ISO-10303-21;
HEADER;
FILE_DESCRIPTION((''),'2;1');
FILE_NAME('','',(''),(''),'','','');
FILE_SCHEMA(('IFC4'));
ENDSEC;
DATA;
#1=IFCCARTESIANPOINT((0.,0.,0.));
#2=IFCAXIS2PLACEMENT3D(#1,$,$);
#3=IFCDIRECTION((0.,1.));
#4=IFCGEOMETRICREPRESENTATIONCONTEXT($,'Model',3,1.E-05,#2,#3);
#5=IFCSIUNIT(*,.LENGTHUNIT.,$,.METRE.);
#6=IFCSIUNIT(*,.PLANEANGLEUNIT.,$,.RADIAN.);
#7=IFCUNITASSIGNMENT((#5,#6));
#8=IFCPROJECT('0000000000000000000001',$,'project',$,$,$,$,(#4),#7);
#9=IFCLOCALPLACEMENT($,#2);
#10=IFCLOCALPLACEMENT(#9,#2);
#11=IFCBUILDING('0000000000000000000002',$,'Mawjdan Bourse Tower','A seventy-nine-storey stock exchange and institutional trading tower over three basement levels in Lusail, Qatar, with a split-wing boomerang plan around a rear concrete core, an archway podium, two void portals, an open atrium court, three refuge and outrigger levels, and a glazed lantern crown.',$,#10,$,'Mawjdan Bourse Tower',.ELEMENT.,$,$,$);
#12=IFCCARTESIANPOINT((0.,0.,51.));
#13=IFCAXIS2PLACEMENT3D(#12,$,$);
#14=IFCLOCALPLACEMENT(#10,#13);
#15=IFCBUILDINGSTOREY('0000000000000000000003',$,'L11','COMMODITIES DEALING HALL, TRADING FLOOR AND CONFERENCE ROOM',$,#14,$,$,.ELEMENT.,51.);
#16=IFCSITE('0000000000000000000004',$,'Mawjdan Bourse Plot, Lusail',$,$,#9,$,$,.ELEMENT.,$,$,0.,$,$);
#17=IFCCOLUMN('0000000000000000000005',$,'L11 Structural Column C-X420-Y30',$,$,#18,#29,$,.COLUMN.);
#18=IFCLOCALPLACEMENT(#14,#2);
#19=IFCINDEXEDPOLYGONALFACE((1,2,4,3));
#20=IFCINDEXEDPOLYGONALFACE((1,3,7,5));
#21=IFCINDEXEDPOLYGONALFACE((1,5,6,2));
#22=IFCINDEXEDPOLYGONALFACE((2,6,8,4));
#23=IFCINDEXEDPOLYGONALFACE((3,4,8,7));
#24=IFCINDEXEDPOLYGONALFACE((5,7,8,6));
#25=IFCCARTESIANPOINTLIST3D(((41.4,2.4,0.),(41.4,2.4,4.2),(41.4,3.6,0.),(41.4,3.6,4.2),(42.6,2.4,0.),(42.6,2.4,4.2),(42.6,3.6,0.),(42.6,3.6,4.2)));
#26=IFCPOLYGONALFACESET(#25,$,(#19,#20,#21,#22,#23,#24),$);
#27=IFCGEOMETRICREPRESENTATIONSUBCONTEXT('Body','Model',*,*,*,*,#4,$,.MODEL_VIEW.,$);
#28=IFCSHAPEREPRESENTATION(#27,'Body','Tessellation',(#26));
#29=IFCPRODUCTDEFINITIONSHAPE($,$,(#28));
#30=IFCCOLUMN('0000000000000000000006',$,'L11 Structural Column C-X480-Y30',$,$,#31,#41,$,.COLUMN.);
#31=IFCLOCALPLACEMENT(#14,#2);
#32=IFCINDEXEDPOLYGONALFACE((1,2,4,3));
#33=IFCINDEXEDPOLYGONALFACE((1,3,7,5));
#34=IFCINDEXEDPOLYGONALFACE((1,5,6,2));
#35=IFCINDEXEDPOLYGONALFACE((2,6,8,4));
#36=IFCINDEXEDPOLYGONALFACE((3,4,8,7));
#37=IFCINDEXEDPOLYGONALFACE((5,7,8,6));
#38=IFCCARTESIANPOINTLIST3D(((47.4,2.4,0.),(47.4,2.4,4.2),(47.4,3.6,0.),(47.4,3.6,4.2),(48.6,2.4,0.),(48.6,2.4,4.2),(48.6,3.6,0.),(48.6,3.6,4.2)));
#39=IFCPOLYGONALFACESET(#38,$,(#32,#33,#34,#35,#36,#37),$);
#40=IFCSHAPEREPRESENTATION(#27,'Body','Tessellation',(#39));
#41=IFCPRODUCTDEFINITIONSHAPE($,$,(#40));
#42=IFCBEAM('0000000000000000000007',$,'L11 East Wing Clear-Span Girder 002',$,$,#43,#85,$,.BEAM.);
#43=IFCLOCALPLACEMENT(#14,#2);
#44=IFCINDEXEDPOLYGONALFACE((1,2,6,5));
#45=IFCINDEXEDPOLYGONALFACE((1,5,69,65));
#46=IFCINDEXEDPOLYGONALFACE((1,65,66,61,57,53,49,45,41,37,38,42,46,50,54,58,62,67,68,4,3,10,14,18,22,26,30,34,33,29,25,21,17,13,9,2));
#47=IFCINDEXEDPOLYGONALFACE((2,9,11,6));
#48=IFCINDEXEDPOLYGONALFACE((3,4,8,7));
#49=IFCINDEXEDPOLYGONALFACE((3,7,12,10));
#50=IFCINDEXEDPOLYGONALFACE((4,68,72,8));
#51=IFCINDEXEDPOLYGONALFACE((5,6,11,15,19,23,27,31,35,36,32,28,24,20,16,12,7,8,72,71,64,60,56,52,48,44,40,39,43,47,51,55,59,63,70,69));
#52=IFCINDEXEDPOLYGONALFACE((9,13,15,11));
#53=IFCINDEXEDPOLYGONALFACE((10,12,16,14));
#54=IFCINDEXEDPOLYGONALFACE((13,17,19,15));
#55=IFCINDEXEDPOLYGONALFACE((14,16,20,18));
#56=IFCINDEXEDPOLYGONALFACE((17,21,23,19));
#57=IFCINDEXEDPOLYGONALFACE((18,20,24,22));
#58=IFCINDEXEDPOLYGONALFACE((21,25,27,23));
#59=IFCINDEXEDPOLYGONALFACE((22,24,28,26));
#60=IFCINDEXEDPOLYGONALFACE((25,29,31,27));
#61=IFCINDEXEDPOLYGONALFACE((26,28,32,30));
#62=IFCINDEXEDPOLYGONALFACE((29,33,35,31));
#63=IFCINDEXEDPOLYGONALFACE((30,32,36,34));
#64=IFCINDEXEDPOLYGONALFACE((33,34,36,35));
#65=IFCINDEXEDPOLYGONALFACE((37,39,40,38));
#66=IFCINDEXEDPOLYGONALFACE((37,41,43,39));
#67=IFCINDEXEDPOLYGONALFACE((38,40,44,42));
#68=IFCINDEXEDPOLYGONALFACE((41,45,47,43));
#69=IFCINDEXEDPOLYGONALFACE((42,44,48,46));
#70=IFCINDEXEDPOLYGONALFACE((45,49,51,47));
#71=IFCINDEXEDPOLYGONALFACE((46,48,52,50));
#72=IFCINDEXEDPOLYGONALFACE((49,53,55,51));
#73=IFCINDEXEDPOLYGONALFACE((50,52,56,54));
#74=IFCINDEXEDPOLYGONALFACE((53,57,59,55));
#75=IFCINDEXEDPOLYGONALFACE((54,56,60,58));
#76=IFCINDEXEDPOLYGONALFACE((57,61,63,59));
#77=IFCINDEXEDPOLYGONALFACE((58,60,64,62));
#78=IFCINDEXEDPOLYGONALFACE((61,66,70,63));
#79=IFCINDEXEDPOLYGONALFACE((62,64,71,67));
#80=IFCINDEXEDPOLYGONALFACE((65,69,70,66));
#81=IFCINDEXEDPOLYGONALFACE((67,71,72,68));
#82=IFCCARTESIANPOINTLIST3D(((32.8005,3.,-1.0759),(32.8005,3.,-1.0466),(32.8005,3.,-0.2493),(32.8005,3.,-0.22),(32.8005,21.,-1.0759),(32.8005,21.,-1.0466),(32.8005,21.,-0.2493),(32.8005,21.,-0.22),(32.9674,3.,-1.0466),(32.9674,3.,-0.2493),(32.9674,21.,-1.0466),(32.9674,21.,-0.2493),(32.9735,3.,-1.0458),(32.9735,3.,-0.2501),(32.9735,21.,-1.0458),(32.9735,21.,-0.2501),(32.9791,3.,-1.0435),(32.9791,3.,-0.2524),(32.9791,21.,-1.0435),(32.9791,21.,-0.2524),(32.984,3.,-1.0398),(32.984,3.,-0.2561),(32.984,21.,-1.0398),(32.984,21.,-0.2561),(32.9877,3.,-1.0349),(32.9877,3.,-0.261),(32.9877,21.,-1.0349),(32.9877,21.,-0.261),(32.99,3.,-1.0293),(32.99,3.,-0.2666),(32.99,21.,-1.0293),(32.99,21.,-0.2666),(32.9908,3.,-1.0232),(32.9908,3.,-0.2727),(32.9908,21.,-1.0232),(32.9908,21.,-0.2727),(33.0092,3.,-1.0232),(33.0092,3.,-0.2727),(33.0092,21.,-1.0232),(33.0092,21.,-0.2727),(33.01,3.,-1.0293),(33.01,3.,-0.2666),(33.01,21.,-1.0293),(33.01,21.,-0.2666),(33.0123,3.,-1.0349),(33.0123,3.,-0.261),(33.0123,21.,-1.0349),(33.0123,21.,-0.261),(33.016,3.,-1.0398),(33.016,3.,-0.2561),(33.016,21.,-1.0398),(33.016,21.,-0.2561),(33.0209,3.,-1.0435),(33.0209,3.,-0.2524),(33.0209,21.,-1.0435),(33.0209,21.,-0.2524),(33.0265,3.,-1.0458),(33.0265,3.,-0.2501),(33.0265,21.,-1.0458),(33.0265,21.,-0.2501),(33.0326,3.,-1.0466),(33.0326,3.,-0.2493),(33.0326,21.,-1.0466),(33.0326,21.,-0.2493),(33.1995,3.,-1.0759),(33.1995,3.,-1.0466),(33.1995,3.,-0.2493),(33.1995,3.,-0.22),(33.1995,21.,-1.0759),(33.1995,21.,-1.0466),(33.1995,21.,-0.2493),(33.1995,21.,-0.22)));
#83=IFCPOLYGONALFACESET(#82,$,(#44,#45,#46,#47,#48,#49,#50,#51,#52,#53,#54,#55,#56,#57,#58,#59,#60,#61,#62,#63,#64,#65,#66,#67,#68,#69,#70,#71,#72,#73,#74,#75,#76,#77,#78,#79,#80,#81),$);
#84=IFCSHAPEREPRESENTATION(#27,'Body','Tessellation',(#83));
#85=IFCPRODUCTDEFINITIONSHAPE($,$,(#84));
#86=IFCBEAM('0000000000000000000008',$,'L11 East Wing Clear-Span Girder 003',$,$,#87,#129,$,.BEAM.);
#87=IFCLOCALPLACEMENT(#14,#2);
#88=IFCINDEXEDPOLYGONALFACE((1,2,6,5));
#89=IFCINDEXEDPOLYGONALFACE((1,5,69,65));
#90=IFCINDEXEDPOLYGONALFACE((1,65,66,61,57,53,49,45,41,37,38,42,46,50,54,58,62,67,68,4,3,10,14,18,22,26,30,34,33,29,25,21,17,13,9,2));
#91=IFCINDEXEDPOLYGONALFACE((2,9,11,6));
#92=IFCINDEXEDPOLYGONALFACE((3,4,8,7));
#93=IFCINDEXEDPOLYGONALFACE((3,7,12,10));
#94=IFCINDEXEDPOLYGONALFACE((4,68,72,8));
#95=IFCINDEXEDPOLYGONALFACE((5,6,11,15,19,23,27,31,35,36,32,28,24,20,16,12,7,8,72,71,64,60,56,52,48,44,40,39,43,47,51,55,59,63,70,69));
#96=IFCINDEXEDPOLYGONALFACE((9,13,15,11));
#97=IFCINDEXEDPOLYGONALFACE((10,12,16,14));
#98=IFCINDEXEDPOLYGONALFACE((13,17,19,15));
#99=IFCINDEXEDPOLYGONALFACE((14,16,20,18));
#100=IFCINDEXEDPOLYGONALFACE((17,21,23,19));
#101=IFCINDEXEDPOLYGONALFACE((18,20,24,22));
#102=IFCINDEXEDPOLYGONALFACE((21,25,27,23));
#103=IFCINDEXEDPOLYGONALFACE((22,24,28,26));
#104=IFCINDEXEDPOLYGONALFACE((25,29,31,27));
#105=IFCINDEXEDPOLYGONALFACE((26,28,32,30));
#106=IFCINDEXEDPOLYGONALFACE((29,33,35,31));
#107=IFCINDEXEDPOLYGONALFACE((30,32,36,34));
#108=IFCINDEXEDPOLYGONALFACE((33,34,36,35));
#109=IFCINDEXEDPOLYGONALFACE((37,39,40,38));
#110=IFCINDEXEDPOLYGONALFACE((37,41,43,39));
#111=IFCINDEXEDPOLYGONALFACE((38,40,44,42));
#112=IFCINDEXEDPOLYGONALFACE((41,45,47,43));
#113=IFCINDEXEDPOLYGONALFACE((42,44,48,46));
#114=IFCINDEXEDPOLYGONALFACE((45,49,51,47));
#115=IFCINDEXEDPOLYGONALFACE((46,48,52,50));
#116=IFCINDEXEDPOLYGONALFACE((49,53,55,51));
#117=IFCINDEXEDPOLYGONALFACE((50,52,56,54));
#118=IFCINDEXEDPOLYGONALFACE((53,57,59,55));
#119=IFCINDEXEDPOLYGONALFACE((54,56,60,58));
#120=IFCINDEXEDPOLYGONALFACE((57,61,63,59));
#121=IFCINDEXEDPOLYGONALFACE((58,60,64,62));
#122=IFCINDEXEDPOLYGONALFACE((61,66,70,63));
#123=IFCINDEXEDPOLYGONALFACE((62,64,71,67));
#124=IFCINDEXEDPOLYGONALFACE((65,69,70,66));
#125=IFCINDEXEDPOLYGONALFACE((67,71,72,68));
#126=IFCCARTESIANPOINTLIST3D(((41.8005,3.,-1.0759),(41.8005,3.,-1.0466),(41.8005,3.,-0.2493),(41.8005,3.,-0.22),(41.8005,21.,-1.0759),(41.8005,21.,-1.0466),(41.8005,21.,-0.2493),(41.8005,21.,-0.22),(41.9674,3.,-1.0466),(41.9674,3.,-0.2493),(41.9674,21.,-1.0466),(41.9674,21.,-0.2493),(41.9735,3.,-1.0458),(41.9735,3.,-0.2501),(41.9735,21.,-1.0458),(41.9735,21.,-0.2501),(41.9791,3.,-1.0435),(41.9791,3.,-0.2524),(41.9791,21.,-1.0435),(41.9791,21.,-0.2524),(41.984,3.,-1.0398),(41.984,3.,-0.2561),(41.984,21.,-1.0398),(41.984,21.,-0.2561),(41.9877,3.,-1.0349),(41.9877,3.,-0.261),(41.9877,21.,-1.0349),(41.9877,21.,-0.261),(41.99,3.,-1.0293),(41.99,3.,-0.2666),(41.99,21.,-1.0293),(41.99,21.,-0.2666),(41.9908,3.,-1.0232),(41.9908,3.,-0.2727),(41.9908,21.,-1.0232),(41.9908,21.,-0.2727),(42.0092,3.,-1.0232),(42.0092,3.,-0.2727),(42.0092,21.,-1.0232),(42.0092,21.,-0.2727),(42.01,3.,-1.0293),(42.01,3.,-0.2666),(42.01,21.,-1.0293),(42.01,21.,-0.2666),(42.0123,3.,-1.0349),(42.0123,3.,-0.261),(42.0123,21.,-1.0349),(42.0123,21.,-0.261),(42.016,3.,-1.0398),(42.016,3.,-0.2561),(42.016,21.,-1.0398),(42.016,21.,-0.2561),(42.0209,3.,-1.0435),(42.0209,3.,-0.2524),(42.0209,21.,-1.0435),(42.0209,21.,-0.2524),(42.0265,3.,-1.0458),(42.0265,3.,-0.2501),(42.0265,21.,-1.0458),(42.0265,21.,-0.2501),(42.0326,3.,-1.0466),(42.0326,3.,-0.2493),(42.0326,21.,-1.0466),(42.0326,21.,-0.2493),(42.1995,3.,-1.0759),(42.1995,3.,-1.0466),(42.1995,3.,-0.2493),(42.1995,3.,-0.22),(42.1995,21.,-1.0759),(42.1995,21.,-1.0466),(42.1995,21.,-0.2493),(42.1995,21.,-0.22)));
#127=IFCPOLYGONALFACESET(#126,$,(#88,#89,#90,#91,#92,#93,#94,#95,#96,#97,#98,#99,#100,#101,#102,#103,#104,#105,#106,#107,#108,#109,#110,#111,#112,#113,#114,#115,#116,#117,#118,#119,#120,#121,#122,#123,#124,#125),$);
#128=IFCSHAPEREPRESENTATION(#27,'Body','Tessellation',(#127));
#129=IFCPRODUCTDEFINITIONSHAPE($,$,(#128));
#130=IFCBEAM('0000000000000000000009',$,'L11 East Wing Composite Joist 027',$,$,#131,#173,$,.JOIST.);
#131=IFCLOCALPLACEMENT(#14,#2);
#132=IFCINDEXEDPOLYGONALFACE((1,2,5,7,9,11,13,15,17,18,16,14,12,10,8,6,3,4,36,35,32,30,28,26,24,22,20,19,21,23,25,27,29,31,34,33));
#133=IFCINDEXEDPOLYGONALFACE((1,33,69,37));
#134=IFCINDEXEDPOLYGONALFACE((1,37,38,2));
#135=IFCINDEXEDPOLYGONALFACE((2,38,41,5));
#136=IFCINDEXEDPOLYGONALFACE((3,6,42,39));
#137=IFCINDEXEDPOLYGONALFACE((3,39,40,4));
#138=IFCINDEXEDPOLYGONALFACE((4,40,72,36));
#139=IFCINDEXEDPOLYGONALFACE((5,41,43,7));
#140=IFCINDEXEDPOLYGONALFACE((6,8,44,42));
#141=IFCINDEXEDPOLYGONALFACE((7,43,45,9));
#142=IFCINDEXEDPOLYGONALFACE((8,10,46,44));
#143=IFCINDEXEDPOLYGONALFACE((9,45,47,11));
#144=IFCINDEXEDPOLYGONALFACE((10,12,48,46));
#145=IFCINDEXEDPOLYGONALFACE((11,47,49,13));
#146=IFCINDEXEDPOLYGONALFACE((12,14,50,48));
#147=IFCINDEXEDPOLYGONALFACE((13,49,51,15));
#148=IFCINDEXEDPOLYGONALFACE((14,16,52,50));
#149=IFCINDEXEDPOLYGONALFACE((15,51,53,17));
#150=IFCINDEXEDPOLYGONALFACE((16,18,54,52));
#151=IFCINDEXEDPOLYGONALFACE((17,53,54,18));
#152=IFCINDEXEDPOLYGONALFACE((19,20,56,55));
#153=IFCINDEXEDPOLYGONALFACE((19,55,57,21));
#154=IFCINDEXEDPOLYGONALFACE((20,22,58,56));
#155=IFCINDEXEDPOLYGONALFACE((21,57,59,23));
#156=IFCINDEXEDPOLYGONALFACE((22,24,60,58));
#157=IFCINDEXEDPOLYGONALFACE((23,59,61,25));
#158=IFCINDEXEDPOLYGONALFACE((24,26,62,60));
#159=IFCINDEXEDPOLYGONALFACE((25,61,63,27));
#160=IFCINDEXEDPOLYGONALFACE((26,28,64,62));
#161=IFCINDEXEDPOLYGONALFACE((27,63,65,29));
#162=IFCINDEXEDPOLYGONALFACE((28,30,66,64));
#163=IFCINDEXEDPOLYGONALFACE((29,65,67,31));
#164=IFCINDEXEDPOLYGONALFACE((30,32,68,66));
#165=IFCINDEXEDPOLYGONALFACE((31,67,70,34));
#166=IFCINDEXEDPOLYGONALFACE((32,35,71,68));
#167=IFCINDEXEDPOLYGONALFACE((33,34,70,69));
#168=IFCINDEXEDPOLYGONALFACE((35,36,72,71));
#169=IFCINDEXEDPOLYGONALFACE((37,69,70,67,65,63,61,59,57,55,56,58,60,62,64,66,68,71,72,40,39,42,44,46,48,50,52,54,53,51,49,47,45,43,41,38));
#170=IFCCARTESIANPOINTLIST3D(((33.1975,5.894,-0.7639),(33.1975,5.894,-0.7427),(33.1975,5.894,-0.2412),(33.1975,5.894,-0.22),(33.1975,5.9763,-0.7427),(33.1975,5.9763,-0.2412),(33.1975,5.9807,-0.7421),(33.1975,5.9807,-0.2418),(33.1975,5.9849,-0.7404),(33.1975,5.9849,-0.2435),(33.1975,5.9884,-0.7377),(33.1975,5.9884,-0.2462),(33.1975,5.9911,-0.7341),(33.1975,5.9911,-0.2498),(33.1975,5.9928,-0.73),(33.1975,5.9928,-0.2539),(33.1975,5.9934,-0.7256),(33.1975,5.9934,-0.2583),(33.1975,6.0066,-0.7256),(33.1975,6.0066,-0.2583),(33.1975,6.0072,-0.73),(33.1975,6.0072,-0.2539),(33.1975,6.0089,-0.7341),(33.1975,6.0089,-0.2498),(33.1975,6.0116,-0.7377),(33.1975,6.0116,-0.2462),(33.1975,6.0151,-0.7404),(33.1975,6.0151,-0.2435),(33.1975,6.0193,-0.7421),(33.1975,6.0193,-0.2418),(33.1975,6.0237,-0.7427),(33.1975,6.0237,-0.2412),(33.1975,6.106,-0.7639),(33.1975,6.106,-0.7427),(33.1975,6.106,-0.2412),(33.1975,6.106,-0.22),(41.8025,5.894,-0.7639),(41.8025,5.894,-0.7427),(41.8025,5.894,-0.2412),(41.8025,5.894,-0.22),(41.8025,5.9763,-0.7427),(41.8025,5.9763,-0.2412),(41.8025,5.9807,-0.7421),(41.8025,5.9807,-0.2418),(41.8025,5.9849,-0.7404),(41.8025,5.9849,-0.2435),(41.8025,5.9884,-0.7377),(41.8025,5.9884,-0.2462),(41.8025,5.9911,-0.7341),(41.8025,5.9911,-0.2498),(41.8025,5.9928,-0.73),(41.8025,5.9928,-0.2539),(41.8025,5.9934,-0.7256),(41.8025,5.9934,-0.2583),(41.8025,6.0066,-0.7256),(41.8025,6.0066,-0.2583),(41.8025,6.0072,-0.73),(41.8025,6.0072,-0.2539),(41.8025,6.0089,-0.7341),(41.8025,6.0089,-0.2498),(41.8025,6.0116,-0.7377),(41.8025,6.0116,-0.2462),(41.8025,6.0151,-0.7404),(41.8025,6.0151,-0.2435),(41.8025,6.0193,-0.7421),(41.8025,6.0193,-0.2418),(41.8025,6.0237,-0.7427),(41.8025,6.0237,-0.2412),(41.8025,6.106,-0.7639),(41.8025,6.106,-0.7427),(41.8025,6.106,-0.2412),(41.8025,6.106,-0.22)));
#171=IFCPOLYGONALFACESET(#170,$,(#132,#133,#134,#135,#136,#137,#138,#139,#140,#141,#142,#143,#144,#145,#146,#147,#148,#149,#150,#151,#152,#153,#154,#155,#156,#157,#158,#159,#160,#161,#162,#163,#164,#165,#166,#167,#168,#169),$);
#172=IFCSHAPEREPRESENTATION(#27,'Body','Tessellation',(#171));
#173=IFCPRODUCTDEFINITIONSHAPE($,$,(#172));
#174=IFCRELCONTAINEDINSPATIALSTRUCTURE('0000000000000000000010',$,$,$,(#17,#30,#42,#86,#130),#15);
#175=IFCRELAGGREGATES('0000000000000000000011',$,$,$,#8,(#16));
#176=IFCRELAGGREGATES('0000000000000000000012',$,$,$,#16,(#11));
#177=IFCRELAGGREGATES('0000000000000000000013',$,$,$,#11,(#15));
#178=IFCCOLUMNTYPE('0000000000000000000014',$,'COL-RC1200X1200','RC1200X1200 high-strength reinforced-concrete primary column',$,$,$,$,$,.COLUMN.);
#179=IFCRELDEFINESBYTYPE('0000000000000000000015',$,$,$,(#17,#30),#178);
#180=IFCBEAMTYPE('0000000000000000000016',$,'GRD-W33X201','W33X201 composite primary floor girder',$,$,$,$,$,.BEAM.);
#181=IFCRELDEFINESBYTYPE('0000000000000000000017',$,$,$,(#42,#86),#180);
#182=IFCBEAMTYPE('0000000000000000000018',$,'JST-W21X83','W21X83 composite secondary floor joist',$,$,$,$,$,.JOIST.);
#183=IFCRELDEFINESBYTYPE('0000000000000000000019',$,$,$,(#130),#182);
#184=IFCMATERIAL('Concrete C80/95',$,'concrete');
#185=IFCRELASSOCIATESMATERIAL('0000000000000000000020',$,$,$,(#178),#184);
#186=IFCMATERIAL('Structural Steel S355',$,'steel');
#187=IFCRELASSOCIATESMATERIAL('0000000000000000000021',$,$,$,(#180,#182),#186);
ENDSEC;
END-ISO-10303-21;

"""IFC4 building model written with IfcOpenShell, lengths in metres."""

from ifc_helpers import new_model, si_unit, direction, frame, origin, origin_2d, place, context, subcontext, project, spatial, rectangle, i_section, extrude, material, material_profile, profile_set, type_object, element, save


model = new_model("IFC4")

# Units and contexts
model_context = context("Model", 3, precision=1e-05, world=origin(), true_north=direction((0.0, 1.0)))
body_context = subcontext(model_context, "Body", "Model", "MODEL_VIEW")
ifc_project = project(units=[si_unit("LENGTHUNIT", "METRE"), si_unit("PLANEANGLEUNIT", "RADIAN")], contexts=[model_context])

# Site, building, storey
site_placement = place(None, origin())
site = spatial("IfcSite", under=ifc_project, at=site_placement, Name="Mawjdan Bourse Plot, Lusail", CompositionType="ELEMENT", RefElevation=0.0)
building_placement = place(site_placement, origin())
building = spatial("IfcBuilding", under=site, at=building_placement, Name="Mawjdan Bourse Tower", Description="A seventy-nine-storey stock exchange and institutional trading tower over three basement levels in Lusail, Qatar, with a split-wing boomerang plan around a rear concrete core, an archway podium, two void portals, an open atrium court, three refuge and outrigger levels, and a glazed lantern crown.", LongName="Mawjdan Bourse Tower", CompositionType="ELEMENT")
storey_placement = place(building_placement, frame((0.0, 0.0, 51.0)))
storey = spatial("IfcBuildingStorey", under=building, at=storey_placement, Name="L11", Description="COMMODITIES DEALING HALL, TRADING FLOOR AND CONFERENCE ROOM", CompositionType="ELEMENT", Elevation=51.0)

# Columns
ifc_material_1 = material(Name="Concrete C80/95", Category="concrete")
ifc_material_profile_1 = material_profile(ifc_material_1, rectangle(XDim=1.2, YDim=1.2, at=origin_2d()), Name="RC1200X1200")
ifc_profile_set_1 = profile_set([ifc_material_profile_1], Name="Concrete C80/95")
column_type = type_object("IfcColumnType", Name="COL-RC1200X1200", Description="RC1200X1200 high-strength reinforced-concrete primary column", PredefinedType="COLUMN", material=ifc_profile_set_1)
for number, where, z_axis, x_axis, name in (
    (1, (42.0, 3.0, 0.0), (0.0, 0.0, 1.0), (1.0, 0.0, 0.0), "L11 Structural Column C-X420-Y30"),
    (2, (48.0, 3.0, 0.0), (0.0, 0.0, 1.0), (1.0, 0.0, 0.0), "L11 Structural Column C-X480-Y30"),
):
    element("IfcColumn", number, at=place(storey_placement, frame(where, z_axis=z_axis, x_axis=x_axis)), inside=storey, type_object=column_type, Name=name, PredefinedType="COLUMN", context=body_context, shape_type="SweptSolid", body=[
        extrude(rectangle(XDim=1.2, YDim=1.2, at=origin_2d()), origin(), (0.0, 0.0, 1.0), 4.2),
    ])

# Beams
ifc_material_2 = material(Name="Structural Steel S355", Category="steel")
ifc_material_profile_2 = material_profile(ifc_material_2, i_section(OverallWidth=0.3989, OverallDepth=0.856, WebThickness=0.0183, FlangeThickness=0.0293, FilletRadius=0.0234, at=origin_2d()), Name="W33X201")
ifc_profile_set_2 = profile_set([ifc_material_profile_2], Name="Structural Steel S355")
beam_type_1 = type_object("IfcBeamType", Name="GRD-W33X201", Description="W33X201 composite primary floor girder", PredefinedType="BEAM", material=ifc_profile_set_2)
for number, where, z_axis, x_axis, name in (
    (3, (33.0, 3.0, -0.6479), (0.0, 1.0, 0.0), (-1.0, 0.0, 0.0), "L11 East Wing Clear-Span Girder 002"),
    (4, (42.0, 3.0, -0.6479), (0.0, 1.0, 0.0), (-1.0, 0.0, 0.0), "L11 East Wing Clear-Span Girder 003"),
):
    element("IfcBeam", number, at=place(storey_placement, frame(where, z_axis=z_axis, x_axis=x_axis)), inside=storey, type_object=beam_type_1, Name=name, PredefinedType="BEAM", context=body_context, shape_type="SweptSolid", body=[
        extrude(i_section(OverallWidth=0.3989, OverallDepth=0.856, WebThickness=0.0183, FlangeThickness=0.0293, FilletRadius=0.0234, at=origin_2d()), origin(), (0.0, 0.0, 1.0), 18.0),
    ])
ifc_material_profile_3 = material_profile(ifc_material_2, i_section(OverallWidth=0.2119, OverallDepth=0.5439, WebThickness=0.0132, FlangeThickness=0.0212, FilletRadius=0.0171, at=origin_2d()), Name="W21X83")
ifc_profile_set_3 = profile_set([ifc_material_profile_3], Name="Structural Steel S355")
beam_type_2 = type_object("IfcBeamType", Name="JST-W21X83", Description="W21X83 composite secondary floor joist", PredefinedType="JOIST", material=ifc_profile_set_3)
beam_1_placement = place(storey_placement, frame((33.1975, 6.0, -0.4919), z_axis=(1.0, 0.0, 0.0), x_axis=(0.0, 1.0, 0.0)))
element("IfcBeam", 5, at=beam_1_placement, inside=storey, type_object=beam_type_2, Name="L11 East Wing Composite Joist 027", PredefinedType="JOIST", context=body_context, shape_type="SweptSolid", body=[
    extrude(i_section(OverallWidth=0.2119, OverallDepth=0.5439, WebThickness=0.0132, FlangeThickness=0.0212, FilletRadius=0.0171, at=origin_2d()), origin(), (0.0, 0.0, 1.0), 8.605),
])

save(model, "model.ifc")
